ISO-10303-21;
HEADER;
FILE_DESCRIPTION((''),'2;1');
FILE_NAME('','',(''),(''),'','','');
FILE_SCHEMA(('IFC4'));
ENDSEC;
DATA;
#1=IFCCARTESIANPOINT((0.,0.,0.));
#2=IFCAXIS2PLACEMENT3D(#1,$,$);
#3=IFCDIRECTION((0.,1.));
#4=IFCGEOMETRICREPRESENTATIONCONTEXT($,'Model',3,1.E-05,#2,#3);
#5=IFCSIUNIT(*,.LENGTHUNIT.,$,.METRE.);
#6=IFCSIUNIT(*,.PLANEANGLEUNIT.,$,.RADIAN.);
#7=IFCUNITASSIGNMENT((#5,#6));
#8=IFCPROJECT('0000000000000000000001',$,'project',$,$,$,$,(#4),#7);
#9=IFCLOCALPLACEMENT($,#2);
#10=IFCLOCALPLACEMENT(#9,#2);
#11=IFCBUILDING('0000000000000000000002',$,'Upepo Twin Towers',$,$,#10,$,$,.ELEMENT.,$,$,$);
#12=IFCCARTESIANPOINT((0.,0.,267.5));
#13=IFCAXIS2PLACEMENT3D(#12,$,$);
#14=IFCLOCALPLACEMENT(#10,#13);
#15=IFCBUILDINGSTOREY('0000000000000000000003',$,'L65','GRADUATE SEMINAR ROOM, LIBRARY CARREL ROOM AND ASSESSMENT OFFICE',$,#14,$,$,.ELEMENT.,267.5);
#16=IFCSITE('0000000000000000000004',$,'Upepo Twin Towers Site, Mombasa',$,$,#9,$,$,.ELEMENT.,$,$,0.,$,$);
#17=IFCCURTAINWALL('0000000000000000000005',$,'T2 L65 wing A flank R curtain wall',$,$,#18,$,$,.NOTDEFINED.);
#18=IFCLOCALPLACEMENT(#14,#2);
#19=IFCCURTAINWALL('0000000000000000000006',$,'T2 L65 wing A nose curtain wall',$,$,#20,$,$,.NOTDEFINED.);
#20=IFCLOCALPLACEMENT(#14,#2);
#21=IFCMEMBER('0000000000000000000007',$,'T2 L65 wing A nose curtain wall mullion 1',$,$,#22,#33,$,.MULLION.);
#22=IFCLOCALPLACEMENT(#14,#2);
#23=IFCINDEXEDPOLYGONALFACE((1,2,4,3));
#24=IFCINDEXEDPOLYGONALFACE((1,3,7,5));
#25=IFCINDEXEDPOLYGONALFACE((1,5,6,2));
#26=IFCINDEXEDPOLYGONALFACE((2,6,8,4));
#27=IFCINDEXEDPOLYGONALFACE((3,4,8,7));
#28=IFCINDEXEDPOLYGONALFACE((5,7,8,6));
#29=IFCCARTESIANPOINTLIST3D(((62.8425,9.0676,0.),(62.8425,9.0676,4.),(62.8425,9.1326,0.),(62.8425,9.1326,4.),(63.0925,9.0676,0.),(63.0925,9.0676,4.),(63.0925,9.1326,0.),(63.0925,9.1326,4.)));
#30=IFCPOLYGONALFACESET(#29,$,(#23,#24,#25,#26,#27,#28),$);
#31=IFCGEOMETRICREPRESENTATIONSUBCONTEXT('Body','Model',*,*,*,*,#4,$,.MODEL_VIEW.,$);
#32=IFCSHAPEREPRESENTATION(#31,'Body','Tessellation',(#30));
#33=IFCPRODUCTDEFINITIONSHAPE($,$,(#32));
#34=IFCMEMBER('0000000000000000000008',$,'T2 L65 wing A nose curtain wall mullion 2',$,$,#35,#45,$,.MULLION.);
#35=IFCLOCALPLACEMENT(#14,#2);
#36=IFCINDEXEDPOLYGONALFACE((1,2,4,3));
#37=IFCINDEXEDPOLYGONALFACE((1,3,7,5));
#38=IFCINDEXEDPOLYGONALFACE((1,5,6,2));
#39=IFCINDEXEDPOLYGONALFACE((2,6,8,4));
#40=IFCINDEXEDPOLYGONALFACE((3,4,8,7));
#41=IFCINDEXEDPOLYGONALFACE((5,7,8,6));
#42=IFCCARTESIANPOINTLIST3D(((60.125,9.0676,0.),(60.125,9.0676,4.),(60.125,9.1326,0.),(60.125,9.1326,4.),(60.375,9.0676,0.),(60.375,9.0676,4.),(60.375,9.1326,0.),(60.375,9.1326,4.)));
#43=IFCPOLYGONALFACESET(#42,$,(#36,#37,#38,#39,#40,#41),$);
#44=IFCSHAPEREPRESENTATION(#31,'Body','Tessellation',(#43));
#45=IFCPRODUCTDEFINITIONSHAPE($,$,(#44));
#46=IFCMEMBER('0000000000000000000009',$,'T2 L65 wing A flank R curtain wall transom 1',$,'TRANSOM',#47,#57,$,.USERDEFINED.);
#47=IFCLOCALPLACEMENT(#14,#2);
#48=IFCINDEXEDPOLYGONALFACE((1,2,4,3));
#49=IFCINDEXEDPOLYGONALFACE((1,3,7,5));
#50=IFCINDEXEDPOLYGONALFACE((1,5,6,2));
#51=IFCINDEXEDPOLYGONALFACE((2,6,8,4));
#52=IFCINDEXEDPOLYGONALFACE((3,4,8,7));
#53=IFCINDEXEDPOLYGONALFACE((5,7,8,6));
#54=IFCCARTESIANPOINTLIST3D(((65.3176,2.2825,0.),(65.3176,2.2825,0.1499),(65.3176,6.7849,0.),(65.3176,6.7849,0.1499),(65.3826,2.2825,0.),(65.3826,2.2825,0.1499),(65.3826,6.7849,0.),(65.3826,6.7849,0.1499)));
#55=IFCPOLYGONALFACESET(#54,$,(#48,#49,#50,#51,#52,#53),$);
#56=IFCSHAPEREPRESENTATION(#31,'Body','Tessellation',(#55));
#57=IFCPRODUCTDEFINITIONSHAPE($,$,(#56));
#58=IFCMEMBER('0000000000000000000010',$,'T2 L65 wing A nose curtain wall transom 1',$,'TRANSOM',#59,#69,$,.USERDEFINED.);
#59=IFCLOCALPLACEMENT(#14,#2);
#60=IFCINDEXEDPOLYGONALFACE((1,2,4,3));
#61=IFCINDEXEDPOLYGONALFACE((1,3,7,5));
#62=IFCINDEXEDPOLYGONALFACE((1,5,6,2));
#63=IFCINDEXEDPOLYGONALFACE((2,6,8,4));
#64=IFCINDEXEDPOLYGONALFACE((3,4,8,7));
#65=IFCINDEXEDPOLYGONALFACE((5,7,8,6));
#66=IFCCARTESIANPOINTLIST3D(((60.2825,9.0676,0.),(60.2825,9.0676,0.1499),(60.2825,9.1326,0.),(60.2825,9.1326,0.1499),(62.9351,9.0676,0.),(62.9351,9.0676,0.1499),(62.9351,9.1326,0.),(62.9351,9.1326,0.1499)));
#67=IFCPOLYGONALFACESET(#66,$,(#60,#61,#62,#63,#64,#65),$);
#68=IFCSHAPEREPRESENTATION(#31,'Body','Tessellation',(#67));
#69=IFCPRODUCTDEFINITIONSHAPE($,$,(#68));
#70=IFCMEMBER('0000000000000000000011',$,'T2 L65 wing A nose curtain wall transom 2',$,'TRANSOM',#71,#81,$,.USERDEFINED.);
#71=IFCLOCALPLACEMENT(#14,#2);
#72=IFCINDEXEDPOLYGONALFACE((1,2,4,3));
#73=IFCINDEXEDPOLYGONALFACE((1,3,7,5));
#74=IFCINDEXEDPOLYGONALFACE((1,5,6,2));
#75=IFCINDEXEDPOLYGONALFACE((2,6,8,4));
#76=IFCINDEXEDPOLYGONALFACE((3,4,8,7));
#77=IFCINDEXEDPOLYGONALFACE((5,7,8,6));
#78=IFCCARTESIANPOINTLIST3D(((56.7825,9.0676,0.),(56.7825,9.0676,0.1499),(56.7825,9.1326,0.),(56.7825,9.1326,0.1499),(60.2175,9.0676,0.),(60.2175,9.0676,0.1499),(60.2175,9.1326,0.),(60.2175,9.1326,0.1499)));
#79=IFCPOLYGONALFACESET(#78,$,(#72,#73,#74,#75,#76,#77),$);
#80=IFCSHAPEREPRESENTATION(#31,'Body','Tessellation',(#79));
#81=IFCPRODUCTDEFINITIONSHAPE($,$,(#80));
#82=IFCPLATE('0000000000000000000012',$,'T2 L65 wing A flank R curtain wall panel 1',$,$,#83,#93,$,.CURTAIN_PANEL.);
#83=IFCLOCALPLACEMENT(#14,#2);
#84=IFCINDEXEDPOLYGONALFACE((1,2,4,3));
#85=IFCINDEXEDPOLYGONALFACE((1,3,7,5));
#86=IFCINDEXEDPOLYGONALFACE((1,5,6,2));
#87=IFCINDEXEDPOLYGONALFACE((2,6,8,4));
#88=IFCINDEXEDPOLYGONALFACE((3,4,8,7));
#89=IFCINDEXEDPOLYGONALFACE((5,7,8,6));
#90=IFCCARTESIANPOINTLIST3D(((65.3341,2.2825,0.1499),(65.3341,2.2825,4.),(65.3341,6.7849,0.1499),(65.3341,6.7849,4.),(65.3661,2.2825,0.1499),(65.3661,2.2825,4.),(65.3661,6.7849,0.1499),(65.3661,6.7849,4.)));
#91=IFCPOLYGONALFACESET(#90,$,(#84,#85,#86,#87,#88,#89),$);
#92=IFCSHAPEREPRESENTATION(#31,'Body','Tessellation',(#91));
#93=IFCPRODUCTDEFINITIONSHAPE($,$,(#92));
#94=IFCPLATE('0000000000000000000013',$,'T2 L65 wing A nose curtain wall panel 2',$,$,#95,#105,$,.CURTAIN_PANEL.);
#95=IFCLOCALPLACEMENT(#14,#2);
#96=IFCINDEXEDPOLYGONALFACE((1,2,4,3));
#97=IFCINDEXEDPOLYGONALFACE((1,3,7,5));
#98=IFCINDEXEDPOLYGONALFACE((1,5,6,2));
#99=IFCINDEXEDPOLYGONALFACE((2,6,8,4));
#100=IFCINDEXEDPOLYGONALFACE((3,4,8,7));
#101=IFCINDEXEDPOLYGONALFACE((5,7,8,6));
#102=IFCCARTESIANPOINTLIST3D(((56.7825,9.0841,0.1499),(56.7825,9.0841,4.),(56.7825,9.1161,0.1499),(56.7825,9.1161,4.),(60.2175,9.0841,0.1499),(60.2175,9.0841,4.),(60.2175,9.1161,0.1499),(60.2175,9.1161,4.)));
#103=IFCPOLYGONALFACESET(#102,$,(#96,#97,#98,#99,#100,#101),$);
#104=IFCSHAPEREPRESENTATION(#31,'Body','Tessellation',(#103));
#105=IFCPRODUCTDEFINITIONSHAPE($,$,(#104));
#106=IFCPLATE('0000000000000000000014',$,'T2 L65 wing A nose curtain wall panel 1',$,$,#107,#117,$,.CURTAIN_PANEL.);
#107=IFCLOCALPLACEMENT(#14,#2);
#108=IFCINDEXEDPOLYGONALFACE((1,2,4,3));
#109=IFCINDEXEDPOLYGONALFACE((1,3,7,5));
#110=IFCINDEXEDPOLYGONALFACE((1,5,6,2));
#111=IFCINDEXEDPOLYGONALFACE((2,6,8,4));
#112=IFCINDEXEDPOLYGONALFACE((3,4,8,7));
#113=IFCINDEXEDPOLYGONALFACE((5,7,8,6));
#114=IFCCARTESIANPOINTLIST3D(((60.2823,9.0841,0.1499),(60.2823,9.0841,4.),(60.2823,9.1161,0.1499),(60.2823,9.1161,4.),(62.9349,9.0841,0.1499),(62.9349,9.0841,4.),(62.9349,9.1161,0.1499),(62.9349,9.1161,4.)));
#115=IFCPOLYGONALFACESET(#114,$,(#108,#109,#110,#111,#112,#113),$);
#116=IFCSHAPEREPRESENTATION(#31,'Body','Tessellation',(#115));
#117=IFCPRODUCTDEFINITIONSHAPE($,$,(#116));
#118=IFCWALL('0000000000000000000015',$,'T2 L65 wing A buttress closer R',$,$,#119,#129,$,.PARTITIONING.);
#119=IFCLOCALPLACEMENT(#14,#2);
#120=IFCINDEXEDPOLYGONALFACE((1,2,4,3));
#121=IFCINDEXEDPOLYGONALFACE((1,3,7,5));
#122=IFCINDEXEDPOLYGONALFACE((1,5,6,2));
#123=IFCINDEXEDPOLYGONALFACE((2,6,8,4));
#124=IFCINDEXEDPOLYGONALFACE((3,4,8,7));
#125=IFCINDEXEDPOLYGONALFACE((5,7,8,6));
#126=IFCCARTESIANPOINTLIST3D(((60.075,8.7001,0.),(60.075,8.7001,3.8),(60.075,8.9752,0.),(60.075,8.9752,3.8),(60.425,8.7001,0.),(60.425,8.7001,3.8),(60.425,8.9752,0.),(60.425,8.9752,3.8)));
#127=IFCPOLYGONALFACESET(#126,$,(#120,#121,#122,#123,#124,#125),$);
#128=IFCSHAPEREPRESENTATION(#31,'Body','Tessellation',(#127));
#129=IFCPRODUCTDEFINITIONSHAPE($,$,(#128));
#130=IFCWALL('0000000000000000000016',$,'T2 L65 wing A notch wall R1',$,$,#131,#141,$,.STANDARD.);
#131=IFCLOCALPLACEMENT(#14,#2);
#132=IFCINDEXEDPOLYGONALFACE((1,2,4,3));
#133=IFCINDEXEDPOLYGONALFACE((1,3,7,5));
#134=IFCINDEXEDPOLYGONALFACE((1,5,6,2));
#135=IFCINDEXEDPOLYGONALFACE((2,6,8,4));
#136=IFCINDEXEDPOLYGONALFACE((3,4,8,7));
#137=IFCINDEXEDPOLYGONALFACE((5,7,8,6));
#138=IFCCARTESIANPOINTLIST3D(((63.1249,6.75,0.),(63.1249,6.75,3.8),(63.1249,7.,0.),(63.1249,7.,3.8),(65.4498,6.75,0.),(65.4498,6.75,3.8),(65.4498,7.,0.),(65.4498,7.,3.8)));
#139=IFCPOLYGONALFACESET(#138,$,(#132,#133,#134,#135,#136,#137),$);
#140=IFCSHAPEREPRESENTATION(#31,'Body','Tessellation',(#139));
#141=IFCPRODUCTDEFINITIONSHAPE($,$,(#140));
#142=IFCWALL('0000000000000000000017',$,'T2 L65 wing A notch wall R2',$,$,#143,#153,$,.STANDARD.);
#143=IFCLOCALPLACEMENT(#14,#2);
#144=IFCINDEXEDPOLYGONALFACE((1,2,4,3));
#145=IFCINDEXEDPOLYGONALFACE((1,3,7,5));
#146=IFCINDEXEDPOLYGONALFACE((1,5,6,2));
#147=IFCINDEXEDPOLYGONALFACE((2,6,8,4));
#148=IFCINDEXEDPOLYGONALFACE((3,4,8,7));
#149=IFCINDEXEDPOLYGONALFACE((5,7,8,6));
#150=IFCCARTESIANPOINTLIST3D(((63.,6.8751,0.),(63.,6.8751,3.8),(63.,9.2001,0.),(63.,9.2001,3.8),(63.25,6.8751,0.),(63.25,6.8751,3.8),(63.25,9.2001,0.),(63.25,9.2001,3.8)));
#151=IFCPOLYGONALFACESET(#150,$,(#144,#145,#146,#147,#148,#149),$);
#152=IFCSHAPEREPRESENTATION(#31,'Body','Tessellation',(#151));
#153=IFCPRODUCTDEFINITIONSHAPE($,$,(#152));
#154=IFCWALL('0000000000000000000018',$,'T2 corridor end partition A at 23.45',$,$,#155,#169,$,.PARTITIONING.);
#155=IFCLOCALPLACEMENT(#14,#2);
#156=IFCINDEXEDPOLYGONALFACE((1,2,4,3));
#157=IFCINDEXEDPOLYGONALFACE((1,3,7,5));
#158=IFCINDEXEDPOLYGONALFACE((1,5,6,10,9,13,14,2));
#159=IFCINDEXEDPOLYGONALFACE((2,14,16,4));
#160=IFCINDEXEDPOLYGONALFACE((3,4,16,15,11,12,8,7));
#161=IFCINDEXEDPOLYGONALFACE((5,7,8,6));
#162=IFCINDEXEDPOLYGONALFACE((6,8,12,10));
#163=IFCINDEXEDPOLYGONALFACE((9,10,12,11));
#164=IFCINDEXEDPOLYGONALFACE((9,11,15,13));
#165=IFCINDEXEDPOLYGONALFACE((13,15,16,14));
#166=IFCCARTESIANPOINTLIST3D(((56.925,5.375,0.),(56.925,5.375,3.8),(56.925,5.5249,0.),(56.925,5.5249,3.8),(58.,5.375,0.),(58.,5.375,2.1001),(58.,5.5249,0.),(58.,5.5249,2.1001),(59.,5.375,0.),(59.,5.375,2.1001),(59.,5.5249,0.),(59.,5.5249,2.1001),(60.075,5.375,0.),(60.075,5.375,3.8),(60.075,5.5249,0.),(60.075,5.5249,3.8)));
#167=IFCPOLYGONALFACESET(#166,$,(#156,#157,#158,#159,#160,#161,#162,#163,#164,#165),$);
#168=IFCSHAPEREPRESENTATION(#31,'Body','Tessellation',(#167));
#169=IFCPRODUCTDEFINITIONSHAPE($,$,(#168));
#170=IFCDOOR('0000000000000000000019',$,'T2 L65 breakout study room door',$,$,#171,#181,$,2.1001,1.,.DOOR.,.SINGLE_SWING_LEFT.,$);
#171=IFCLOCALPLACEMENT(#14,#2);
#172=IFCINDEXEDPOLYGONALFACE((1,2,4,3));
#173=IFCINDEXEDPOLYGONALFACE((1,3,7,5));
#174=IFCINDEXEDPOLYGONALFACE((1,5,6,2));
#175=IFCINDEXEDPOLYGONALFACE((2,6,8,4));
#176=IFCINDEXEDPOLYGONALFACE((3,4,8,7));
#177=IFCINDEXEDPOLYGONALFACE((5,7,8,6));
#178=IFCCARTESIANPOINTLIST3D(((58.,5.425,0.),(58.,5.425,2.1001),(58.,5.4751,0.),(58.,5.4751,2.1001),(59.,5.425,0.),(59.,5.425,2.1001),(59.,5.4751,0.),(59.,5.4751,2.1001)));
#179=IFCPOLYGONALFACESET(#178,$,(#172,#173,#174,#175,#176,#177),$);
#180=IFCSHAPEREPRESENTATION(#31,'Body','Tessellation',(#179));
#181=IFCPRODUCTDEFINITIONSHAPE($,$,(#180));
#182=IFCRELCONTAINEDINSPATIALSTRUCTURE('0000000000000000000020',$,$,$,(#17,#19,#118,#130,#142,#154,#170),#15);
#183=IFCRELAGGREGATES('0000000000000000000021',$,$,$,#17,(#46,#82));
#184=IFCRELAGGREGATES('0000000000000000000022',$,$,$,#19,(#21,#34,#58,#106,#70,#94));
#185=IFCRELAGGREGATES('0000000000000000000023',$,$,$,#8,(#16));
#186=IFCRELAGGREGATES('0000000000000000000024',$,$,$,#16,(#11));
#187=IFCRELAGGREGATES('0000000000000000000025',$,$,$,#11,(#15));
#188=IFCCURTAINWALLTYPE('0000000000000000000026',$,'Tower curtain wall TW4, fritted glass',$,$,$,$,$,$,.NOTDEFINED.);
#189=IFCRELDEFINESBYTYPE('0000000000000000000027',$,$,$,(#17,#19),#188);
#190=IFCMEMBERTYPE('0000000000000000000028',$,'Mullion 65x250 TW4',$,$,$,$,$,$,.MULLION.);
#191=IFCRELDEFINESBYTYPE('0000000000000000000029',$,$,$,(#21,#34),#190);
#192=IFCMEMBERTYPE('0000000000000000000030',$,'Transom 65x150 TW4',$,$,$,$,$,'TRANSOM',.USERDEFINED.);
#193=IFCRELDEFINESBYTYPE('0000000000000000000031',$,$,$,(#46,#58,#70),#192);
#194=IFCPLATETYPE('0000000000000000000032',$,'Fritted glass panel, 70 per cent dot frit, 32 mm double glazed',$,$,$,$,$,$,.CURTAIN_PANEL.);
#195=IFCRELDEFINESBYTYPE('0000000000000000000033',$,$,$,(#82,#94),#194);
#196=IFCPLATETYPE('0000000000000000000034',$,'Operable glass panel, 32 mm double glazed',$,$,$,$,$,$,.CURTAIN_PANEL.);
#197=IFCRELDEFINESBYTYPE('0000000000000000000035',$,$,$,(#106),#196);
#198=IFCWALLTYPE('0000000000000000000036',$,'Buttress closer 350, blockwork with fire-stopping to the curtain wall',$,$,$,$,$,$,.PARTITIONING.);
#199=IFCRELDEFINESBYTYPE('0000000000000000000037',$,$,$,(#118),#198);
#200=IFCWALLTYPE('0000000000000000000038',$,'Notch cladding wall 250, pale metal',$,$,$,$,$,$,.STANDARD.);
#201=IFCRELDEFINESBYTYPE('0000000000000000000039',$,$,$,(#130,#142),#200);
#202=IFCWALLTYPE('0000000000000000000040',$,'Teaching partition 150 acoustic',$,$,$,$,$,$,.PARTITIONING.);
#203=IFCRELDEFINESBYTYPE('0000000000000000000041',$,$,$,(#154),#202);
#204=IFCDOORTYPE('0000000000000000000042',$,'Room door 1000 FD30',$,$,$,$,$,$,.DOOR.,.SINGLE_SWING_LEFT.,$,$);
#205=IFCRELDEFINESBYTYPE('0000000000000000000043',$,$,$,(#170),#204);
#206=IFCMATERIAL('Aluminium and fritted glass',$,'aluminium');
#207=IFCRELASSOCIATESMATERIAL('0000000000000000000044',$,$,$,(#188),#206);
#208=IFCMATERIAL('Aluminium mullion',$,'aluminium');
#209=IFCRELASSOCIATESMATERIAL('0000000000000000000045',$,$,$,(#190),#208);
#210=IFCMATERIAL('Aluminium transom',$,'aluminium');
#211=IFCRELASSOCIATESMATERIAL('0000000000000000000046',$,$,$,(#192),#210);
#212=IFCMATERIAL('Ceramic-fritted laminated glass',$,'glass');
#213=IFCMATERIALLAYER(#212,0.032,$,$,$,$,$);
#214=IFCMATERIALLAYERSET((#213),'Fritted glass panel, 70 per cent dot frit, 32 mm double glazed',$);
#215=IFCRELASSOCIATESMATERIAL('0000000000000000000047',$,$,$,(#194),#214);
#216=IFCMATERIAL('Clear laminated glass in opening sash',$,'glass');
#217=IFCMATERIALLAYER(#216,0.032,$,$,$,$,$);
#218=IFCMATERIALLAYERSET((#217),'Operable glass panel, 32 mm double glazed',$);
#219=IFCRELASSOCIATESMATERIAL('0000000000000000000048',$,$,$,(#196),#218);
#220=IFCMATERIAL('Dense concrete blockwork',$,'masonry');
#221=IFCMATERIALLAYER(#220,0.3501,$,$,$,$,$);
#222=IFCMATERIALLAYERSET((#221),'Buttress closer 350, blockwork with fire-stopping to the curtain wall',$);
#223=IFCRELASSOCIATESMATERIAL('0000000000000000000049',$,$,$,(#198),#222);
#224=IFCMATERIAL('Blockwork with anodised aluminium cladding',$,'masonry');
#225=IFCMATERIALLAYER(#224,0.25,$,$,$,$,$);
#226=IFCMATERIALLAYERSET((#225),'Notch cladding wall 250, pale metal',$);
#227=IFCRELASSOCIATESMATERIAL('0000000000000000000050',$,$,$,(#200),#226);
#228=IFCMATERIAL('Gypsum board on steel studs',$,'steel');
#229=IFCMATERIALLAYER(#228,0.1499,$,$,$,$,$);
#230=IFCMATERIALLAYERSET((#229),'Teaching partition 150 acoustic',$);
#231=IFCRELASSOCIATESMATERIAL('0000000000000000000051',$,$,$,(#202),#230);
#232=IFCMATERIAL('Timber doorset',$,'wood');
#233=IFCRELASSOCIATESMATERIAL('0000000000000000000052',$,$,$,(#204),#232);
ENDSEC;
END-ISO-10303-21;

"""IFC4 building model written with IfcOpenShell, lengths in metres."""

from ifc_helpers import new_model, si_unit, direction, frame, frame_2d, origin, origin_2d, place, context, subcontext, project, spatial, rectangle, extrude, material, layer, layer_set, material_profile, profile_set, type_object, element, fill, aggregate, save


model = new_model("IFC4")

# Units and contexts
model_context = context("Model", 3, precision=1e-05, world=origin(), true_north=direction((0.0, 1.0)))
body_context = subcontext(model_context, "Body", "Model", "MODEL_VIEW")
ifc_project = project(units=[si_unit("LENGTHUNIT", "METRE"), si_unit("PLANEANGLEUNIT", "RADIAN")], contexts=[model_context])

# Site, building, storey
site_placement = place(None, origin())
site = spatial("IfcSite", under=ifc_project, at=site_placement, Name="Upepo Twin Towers Site, Mombasa", CompositionType="ELEMENT", RefElevation=0.0)
building_placement = place(site_placement, origin())
building = spatial("IfcBuilding", under=site, at=building_placement, Name="Upepo Twin Towers", CompositionType="ELEMENT")
storey_placement = place(building_placement, frame((0.0, 0.0, 267.5)))
storey = spatial("IfcBuildingStorey", under=building, at=storey_placement, Name="L65", Description="GRADUATE SEMINAR ROOM, LIBRARY CARREL ROOM AND ASSESSMENT OFFICE", CompositionType="ELEMENT", Elevation=267.5)

# Curtain wall
ifc_material_1 = material(Name="Aluminium and fritted glass", Category="aluminium")
curtain_wall_type = type_object("IfcCurtainWallType", Name="Tower curtain wall TW4, fritted glass", PredefinedType="NOTDEFINED", material=ifc_material_1)
curtain_wall_1_placement = place(storey_placement, origin())
curtain_wall_1 = element("IfcCurtainWall", 1, at=curtain_wall_1_placement, inside=storey, type_object=curtain_wall_type, Name="T2 L65 wing A flank R curtain wall", PredefinedType="NOTDEFINED")
ifc_material_2 = material(Name="Aluminium mullion", Category="aluminium")
ifc_material_profile_1 = material_profile(ifc_material_2, rectangle(XDim=0.0649, YDim=0.25, at=origin_2d()), Name="MULLION 65x250")
ifc_profile_set_1 = profile_set([ifc_material_profile_1], Name="Aluminium mullion")
member_type_1 = type_object("IfcMemberType", Name="Mullion 65x250 TW4", PredefinedType="MULLION", material=ifc_profile_set_1)

# Curtain wall, members
curtain_wall_2_placement = place(storey_placement, origin())
curtain_wall_2 = element("IfcCurtainWall", 2, at=curtain_wall_2_placement, inside=storey, type_object=curtain_wall_type, Name="T2 L65 wing A nose curtain wall", PredefinedType="NOTDEFINED")
member_1_placement = place(storey_placement, frame((62.9675, 9.1001, 0.0), z_axis=(0.0, 0.0, 1.0), x_axis=(0.0, -1.0, 0.0)))
member_1 = element("IfcMember", 3, at=member_1_placement, type_object=member_type_1, Name="T2 L65 wing A nose curtain wall mullion 1", PredefinedType="MULLION", context=body_context, shape_type="SweptSolid", body=[
    extrude(rectangle(XDim=0.0649, YDim=0.25, at=origin_2d()), origin(), (0.0, 0.0, 1.0), 4.0),
])
member_2_placement = place(storey_placement, frame((60.25, 9.1001, 0.0), z_axis=(0.0, 0.0, 1.0), x_axis=(0.0, -1.0, 0.0)))
member_2 = element("IfcMember", 4, at=member_2_placement, type_object=member_type_1, Name="T2 L65 wing A nose curtain wall mullion 2", PredefinedType="MULLION", context=body_context, shape_type="SweptSolid", body=[
    extrude(rectangle(XDim=0.0649, YDim=0.25, at=origin_2d()), origin(), (0.0, 0.0, 1.0), 4.0),
])

# Members
ifc_material_3 = material(Name="Aluminium transom", Category="aluminium")
ifc_material_profile_2 = material_profile(ifc_material_3, rectangle(XDim=0.0649, YDim=0.1499, at=origin_2d()), Name="TRANSOM 65x150")
ifc_profile_set_2 = profile_set([ifc_material_profile_2], Name="Aluminium transom")
member_type_2 = type_object("IfcMemberType", Name="Transom 65x150 TW4", ElementType="TRANSOM", PredefinedType="USERDEFINED", material=ifc_profile_set_2)
member_3_placement = place(storey_placement, frame((65.3501, 6.7849, 0.075), z_axis=(0.0, -1.0, 0.0), x_axis=(1.0, 0.0, 0.0)))
member_3 = element("IfcMember", 5, at=member_3_placement, type_object=member_type_2, Name="T2 L65 wing A flank R curtain wall transom 1", ObjectType="TRANSOM", PredefinedType="USERDEFINED", context=body_context, shape_type="SweptSolid", body=[
    extrude(rectangle(XDim=0.0649, YDim=0.1499, at=origin_2d()), origin(), (0.0, 0.0, 1.0), 4.5024),
])
member_4_placement = place(storey_placement, frame((62.9351, 9.1001, 0.075), z_axis=(-1.0, 0.0, 0.0), x_axis=(0.0, -1.0, 0.0)))
member_4 = element("IfcMember", 6, at=member_4_placement, type_object=member_type_2, Name="T2 L65 wing A nose curtain wall transom 1", ObjectType="TRANSOM", PredefinedType="USERDEFINED", context=body_context, shape_type="SweptSolid", body=[
    extrude(rectangle(XDim=0.0649, YDim=0.1499, at=origin_2d()), origin(), (0.0, 0.0, 1.0), 2.6526),
])
member_5_placement = place(storey_placement, frame((60.2175, 9.1001, 0.075), z_axis=(-1.0, 0.0, 0.0), x_axis=(0.0, -1.0, 0.0)))
member_5 = element("IfcMember", 7, at=member_5_placement, type_object=member_type_2, Name="T2 L65 wing A nose curtain wall transom 2", ObjectType="TRANSOM", PredefinedType="USERDEFINED", context=body_context, shape_type="SweptSolid", body=[
    extrude(rectangle(XDim=0.0649, YDim=0.1499, at=origin_2d()), origin(), (0.0, 0.0, 1.0), 3.4351),
])

# Plates
ifc_material_4 = material(Name="Ceramic-fritted laminated glass", Category="glass")
ifc_layer_1 = layer(ifc_material_4, 0.032)
ifc_layer_set_1 = layer_set([ifc_layer_1], Name="Fritted glass panel, 70 per cent dot frit, 32 mm double glazed")
plate_type_1 = type_object("IfcPlateType", Name="Fritted glass panel, 70 per cent dot frit, 32 mm double glazed", PredefinedType="CURTAIN_PANEL", material=ifc_layer_set_1)
plate_1_placement = place(storey_placement, frame((65.3501, 4.5337, 0.1499), z_axis=(0.0, 0.0, 1.0), x_axis=(0.0, -1.0, 0.0)))
plate_1 = element("IfcPlate", 8, at=plate_1_placement, type_object=plate_type_1, Name="T2 L65 wing A flank R curtain wall panel 1", PredefinedType="CURTAIN_PANEL", context=body_context, shape_type="SweptSolid", body=[
    extrude(rectangle(XDim=4.5024, YDim=0.032, at=origin_2d()), origin(), (0.0, 0.0, 1.0), 3.8501),
])
aggregate(curtain_wall_1, [member_3, plate_1])
plate_2_placement = place(storey_placement, frame((58.5, 9.1001, 0.1499), z_axis=(0.0, 0.0, 1.0), x_axis=(-1.0, 0.0, 0.0)))
plate_2 = element("IfcPlate", 9, at=plate_2_placement, type_object=plate_type_1, Name="T2 L65 wing A nose curtain wall panel 2", PredefinedType="CURTAIN_PANEL", context=body_context, shape_type="SweptSolid", body=[
    extrude(rectangle(XDim=3.4351, YDim=0.032, at=origin_2d()), origin(), (0.0, 0.0, 1.0), 3.8501),
])
ifc_material_5 = material(Name="Clear laminated glass in opening sash", Category="glass")
ifc_layer_2 = layer(ifc_material_5, 0.032)
ifc_layer_set_2 = layer_set([ifc_layer_2], Name="Operable glass panel, 32 mm double glazed")
plate_type_2 = type_object("IfcPlateType", Name="Operable glass panel, 32 mm double glazed", PredefinedType="CURTAIN_PANEL", material=ifc_layer_set_2)
plate_3_placement = place(storey_placement, frame((61.6086, 9.1001, 0.1499), z_axis=(0.0, 0.0, 1.0), x_axis=(-1.0, 0.0, 0.0)))
plate_3 = element("IfcPlate", 10, at=plate_3_placement, type_object=plate_type_2, Name="T2 L65 wing A nose curtain wall panel 1", PredefinedType="CURTAIN_PANEL", context=body_context, shape_type="SweptSolid", body=[
    extrude(rectangle(XDim=2.6526, YDim=0.032, at=origin_2d()), origin(), (0.0, 0.0, 1.0), 3.8501),
])
aggregate(curtain_wall_2, [member_1, member_2, member_4, plate_3, member_5, plate_2])

# Walls
ifc_material_6 = material(Name="Dense concrete blockwork", Category="masonry")
ifc_layer_3 = layer(ifc_material_6, 0.3501)
ifc_layer_set_3 = layer_set([ifc_layer_3], Name="Buttress closer 350, blockwork with fire-stopping to the curtain wall")
wall_type_1 = type_object("IfcWallType", Name="Buttress closer 350, blockwork with fire-stopping to the curtain wall", PredefinedType="PARTITIONING", material=ifc_layer_set_3)
wall_1_placement = place(storey_placement, frame((60.25, 8.7, 0.0), z_axis=(0.0, 0.0, 1.0), x_axis=(0.0, 1.0, 0.0)))
element("IfcWall", 11, at=wall_1_placement, inside=storey, type_object=wall_type_1, Name="T2 L65 wing A buttress closer R", PredefinedType="PARTITIONING", context=body_context, shape_type="SweptSolid", body=[
    extrude(rectangle(XDim=0.2751, YDim=0.3501, at=frame_2d((0.1377, 0.0))), origin(), (0.0, 0.0, 1.0), 3.8),
])
ifc_material_7 = material(Name="Blockwork with anodised aluminium cladding", Category="masonry")
ifc_layer_4 = layer(ifc_material_7, 0.25)
ifc_layer_set_4 = layer_set([ifc_layer_4], Name="Notch cladding wall 250, pale metal")
wall_type_2 = type_object("IfcWallType", Name="Notch cladding wall 250, pale metal", PredefinedType="STANDARD", material=ifc_layer_set_4)
for number, where, z_axis, x_axis, name in (
    (12, (65.45, 6.875, 0.0), (0.0, 0.0, 1.0), (-1.0, 0.0, 0.0), "T2 L65 wing A notch wall R1"),
    (13, (63.125, 6.875, 0.0), (0.0, 0.0, 1.0), (0.0, 1.0, 0.0), "T2 L65 wing A notch wall R2"),
):
    element("IfcWall", number, at=place(storey_placement, frame(where, z_axis=z_axis, x_axis=x_axis)), inside=storey, type_object=wall_type_2, Name=name, PredefinedType="STANDARD", context=body_context, shape_type="SweptSolid", body=[
        extrude(rectangle(XDim=2.325, YDim=0.25, at=frame_2d((1.1626, 0.0))), origin(), (0.0, 0.0, 1.0), 3.8),
    ])

# Wall, opening, door
ifc_material_8 = material(Name="Gypsum board on steel studs", Category="steel")
ifc_layer_5 = layer(ifc_material_8, 0.1499)
ifc_layer_set_5 = layer_set([ifc_layer_5], Name="Teaching partition 150 acoustic")
wall_type_3 = type_object("IfcWallType", Name="Teaching partition 150 acoustic", PredefinedType="PARTITIONING", material=ifc_layer_set_5)
wall_2_placement = place(storey_placement, frame((60.075, 5.45, 0.0), z_axis=(0.0, 0.0, 1.0), x_axis=(-1.0, 0.0, 0.0)))
wall_2 = element("IfcWall", 14, at=wall_2_placement, inside=storey, type_object=wall_type_3, Name="T2 corridor end partition A at 23.45", PredefinedType="PARTITIONING", context=body_context, shape_type="SweptSolid", body=[
    extrude(rectangle(XDim=3.1499, YDim=0.1499, at=frame_2d((1.575, 0.0))), origin(), (0.0, 0.0, 1.0), 3.8),
])
opening_placement = place(wall_2_placement, frame((1.075, 0.0, 0.0)))
opening = element("IfcOpeningElement", 15, at=opening_placement, cuts=wall_2, PredefinedType="OPENING", context=body_context, shape_type="SweptSolid", body=[
    extrude(rectangle(XDim=1.0, YDim=2.1001, at=frame_2d((0.5, 1.05))), frame((0.0, 0.085, 0.0), z_axis=(0.0, -1.0, 0.0), x_axis=(1.0, 0.0, 0.0)), (0.0, 0.0, 1.0), 0.1699),
])
ifc_material_9 = material(Name="Timber doorset", Category="wood")
door_type = type_object("IfcDoorType", Name="Room door 1000 FD30", OperationType="SINGLE_SWING_LEFT", PredefinedType="DOOR", material=ifc_material_9)
door_placement = place(opening_placement, origin())
door = element("IfcDoor", 16, at=door_placement, inside=storey, type_object=door_type, Name="T2 L65 breakout study room door", OperationType="SINGLE_SWING_LEFT", OverallHeight=2.1001, OverallWidth=1.0, PredefinedType="DOOR", context=body_context, shape_type="SweptSolid", body=[
    extrude(rectangle(XDim=1.0, YDim=2.1001, at=frame_2d((0.5, 1.05))), frame((0.0, 0.0249, 0.0), z_axis=(0.0, -1.0, 0.0), x_axis=(1.0, 0.0, 0.0)), (0.0, 0.0, 1.0), 0.05),
])
fill(opening, door)

save(model, "model.ifc")
